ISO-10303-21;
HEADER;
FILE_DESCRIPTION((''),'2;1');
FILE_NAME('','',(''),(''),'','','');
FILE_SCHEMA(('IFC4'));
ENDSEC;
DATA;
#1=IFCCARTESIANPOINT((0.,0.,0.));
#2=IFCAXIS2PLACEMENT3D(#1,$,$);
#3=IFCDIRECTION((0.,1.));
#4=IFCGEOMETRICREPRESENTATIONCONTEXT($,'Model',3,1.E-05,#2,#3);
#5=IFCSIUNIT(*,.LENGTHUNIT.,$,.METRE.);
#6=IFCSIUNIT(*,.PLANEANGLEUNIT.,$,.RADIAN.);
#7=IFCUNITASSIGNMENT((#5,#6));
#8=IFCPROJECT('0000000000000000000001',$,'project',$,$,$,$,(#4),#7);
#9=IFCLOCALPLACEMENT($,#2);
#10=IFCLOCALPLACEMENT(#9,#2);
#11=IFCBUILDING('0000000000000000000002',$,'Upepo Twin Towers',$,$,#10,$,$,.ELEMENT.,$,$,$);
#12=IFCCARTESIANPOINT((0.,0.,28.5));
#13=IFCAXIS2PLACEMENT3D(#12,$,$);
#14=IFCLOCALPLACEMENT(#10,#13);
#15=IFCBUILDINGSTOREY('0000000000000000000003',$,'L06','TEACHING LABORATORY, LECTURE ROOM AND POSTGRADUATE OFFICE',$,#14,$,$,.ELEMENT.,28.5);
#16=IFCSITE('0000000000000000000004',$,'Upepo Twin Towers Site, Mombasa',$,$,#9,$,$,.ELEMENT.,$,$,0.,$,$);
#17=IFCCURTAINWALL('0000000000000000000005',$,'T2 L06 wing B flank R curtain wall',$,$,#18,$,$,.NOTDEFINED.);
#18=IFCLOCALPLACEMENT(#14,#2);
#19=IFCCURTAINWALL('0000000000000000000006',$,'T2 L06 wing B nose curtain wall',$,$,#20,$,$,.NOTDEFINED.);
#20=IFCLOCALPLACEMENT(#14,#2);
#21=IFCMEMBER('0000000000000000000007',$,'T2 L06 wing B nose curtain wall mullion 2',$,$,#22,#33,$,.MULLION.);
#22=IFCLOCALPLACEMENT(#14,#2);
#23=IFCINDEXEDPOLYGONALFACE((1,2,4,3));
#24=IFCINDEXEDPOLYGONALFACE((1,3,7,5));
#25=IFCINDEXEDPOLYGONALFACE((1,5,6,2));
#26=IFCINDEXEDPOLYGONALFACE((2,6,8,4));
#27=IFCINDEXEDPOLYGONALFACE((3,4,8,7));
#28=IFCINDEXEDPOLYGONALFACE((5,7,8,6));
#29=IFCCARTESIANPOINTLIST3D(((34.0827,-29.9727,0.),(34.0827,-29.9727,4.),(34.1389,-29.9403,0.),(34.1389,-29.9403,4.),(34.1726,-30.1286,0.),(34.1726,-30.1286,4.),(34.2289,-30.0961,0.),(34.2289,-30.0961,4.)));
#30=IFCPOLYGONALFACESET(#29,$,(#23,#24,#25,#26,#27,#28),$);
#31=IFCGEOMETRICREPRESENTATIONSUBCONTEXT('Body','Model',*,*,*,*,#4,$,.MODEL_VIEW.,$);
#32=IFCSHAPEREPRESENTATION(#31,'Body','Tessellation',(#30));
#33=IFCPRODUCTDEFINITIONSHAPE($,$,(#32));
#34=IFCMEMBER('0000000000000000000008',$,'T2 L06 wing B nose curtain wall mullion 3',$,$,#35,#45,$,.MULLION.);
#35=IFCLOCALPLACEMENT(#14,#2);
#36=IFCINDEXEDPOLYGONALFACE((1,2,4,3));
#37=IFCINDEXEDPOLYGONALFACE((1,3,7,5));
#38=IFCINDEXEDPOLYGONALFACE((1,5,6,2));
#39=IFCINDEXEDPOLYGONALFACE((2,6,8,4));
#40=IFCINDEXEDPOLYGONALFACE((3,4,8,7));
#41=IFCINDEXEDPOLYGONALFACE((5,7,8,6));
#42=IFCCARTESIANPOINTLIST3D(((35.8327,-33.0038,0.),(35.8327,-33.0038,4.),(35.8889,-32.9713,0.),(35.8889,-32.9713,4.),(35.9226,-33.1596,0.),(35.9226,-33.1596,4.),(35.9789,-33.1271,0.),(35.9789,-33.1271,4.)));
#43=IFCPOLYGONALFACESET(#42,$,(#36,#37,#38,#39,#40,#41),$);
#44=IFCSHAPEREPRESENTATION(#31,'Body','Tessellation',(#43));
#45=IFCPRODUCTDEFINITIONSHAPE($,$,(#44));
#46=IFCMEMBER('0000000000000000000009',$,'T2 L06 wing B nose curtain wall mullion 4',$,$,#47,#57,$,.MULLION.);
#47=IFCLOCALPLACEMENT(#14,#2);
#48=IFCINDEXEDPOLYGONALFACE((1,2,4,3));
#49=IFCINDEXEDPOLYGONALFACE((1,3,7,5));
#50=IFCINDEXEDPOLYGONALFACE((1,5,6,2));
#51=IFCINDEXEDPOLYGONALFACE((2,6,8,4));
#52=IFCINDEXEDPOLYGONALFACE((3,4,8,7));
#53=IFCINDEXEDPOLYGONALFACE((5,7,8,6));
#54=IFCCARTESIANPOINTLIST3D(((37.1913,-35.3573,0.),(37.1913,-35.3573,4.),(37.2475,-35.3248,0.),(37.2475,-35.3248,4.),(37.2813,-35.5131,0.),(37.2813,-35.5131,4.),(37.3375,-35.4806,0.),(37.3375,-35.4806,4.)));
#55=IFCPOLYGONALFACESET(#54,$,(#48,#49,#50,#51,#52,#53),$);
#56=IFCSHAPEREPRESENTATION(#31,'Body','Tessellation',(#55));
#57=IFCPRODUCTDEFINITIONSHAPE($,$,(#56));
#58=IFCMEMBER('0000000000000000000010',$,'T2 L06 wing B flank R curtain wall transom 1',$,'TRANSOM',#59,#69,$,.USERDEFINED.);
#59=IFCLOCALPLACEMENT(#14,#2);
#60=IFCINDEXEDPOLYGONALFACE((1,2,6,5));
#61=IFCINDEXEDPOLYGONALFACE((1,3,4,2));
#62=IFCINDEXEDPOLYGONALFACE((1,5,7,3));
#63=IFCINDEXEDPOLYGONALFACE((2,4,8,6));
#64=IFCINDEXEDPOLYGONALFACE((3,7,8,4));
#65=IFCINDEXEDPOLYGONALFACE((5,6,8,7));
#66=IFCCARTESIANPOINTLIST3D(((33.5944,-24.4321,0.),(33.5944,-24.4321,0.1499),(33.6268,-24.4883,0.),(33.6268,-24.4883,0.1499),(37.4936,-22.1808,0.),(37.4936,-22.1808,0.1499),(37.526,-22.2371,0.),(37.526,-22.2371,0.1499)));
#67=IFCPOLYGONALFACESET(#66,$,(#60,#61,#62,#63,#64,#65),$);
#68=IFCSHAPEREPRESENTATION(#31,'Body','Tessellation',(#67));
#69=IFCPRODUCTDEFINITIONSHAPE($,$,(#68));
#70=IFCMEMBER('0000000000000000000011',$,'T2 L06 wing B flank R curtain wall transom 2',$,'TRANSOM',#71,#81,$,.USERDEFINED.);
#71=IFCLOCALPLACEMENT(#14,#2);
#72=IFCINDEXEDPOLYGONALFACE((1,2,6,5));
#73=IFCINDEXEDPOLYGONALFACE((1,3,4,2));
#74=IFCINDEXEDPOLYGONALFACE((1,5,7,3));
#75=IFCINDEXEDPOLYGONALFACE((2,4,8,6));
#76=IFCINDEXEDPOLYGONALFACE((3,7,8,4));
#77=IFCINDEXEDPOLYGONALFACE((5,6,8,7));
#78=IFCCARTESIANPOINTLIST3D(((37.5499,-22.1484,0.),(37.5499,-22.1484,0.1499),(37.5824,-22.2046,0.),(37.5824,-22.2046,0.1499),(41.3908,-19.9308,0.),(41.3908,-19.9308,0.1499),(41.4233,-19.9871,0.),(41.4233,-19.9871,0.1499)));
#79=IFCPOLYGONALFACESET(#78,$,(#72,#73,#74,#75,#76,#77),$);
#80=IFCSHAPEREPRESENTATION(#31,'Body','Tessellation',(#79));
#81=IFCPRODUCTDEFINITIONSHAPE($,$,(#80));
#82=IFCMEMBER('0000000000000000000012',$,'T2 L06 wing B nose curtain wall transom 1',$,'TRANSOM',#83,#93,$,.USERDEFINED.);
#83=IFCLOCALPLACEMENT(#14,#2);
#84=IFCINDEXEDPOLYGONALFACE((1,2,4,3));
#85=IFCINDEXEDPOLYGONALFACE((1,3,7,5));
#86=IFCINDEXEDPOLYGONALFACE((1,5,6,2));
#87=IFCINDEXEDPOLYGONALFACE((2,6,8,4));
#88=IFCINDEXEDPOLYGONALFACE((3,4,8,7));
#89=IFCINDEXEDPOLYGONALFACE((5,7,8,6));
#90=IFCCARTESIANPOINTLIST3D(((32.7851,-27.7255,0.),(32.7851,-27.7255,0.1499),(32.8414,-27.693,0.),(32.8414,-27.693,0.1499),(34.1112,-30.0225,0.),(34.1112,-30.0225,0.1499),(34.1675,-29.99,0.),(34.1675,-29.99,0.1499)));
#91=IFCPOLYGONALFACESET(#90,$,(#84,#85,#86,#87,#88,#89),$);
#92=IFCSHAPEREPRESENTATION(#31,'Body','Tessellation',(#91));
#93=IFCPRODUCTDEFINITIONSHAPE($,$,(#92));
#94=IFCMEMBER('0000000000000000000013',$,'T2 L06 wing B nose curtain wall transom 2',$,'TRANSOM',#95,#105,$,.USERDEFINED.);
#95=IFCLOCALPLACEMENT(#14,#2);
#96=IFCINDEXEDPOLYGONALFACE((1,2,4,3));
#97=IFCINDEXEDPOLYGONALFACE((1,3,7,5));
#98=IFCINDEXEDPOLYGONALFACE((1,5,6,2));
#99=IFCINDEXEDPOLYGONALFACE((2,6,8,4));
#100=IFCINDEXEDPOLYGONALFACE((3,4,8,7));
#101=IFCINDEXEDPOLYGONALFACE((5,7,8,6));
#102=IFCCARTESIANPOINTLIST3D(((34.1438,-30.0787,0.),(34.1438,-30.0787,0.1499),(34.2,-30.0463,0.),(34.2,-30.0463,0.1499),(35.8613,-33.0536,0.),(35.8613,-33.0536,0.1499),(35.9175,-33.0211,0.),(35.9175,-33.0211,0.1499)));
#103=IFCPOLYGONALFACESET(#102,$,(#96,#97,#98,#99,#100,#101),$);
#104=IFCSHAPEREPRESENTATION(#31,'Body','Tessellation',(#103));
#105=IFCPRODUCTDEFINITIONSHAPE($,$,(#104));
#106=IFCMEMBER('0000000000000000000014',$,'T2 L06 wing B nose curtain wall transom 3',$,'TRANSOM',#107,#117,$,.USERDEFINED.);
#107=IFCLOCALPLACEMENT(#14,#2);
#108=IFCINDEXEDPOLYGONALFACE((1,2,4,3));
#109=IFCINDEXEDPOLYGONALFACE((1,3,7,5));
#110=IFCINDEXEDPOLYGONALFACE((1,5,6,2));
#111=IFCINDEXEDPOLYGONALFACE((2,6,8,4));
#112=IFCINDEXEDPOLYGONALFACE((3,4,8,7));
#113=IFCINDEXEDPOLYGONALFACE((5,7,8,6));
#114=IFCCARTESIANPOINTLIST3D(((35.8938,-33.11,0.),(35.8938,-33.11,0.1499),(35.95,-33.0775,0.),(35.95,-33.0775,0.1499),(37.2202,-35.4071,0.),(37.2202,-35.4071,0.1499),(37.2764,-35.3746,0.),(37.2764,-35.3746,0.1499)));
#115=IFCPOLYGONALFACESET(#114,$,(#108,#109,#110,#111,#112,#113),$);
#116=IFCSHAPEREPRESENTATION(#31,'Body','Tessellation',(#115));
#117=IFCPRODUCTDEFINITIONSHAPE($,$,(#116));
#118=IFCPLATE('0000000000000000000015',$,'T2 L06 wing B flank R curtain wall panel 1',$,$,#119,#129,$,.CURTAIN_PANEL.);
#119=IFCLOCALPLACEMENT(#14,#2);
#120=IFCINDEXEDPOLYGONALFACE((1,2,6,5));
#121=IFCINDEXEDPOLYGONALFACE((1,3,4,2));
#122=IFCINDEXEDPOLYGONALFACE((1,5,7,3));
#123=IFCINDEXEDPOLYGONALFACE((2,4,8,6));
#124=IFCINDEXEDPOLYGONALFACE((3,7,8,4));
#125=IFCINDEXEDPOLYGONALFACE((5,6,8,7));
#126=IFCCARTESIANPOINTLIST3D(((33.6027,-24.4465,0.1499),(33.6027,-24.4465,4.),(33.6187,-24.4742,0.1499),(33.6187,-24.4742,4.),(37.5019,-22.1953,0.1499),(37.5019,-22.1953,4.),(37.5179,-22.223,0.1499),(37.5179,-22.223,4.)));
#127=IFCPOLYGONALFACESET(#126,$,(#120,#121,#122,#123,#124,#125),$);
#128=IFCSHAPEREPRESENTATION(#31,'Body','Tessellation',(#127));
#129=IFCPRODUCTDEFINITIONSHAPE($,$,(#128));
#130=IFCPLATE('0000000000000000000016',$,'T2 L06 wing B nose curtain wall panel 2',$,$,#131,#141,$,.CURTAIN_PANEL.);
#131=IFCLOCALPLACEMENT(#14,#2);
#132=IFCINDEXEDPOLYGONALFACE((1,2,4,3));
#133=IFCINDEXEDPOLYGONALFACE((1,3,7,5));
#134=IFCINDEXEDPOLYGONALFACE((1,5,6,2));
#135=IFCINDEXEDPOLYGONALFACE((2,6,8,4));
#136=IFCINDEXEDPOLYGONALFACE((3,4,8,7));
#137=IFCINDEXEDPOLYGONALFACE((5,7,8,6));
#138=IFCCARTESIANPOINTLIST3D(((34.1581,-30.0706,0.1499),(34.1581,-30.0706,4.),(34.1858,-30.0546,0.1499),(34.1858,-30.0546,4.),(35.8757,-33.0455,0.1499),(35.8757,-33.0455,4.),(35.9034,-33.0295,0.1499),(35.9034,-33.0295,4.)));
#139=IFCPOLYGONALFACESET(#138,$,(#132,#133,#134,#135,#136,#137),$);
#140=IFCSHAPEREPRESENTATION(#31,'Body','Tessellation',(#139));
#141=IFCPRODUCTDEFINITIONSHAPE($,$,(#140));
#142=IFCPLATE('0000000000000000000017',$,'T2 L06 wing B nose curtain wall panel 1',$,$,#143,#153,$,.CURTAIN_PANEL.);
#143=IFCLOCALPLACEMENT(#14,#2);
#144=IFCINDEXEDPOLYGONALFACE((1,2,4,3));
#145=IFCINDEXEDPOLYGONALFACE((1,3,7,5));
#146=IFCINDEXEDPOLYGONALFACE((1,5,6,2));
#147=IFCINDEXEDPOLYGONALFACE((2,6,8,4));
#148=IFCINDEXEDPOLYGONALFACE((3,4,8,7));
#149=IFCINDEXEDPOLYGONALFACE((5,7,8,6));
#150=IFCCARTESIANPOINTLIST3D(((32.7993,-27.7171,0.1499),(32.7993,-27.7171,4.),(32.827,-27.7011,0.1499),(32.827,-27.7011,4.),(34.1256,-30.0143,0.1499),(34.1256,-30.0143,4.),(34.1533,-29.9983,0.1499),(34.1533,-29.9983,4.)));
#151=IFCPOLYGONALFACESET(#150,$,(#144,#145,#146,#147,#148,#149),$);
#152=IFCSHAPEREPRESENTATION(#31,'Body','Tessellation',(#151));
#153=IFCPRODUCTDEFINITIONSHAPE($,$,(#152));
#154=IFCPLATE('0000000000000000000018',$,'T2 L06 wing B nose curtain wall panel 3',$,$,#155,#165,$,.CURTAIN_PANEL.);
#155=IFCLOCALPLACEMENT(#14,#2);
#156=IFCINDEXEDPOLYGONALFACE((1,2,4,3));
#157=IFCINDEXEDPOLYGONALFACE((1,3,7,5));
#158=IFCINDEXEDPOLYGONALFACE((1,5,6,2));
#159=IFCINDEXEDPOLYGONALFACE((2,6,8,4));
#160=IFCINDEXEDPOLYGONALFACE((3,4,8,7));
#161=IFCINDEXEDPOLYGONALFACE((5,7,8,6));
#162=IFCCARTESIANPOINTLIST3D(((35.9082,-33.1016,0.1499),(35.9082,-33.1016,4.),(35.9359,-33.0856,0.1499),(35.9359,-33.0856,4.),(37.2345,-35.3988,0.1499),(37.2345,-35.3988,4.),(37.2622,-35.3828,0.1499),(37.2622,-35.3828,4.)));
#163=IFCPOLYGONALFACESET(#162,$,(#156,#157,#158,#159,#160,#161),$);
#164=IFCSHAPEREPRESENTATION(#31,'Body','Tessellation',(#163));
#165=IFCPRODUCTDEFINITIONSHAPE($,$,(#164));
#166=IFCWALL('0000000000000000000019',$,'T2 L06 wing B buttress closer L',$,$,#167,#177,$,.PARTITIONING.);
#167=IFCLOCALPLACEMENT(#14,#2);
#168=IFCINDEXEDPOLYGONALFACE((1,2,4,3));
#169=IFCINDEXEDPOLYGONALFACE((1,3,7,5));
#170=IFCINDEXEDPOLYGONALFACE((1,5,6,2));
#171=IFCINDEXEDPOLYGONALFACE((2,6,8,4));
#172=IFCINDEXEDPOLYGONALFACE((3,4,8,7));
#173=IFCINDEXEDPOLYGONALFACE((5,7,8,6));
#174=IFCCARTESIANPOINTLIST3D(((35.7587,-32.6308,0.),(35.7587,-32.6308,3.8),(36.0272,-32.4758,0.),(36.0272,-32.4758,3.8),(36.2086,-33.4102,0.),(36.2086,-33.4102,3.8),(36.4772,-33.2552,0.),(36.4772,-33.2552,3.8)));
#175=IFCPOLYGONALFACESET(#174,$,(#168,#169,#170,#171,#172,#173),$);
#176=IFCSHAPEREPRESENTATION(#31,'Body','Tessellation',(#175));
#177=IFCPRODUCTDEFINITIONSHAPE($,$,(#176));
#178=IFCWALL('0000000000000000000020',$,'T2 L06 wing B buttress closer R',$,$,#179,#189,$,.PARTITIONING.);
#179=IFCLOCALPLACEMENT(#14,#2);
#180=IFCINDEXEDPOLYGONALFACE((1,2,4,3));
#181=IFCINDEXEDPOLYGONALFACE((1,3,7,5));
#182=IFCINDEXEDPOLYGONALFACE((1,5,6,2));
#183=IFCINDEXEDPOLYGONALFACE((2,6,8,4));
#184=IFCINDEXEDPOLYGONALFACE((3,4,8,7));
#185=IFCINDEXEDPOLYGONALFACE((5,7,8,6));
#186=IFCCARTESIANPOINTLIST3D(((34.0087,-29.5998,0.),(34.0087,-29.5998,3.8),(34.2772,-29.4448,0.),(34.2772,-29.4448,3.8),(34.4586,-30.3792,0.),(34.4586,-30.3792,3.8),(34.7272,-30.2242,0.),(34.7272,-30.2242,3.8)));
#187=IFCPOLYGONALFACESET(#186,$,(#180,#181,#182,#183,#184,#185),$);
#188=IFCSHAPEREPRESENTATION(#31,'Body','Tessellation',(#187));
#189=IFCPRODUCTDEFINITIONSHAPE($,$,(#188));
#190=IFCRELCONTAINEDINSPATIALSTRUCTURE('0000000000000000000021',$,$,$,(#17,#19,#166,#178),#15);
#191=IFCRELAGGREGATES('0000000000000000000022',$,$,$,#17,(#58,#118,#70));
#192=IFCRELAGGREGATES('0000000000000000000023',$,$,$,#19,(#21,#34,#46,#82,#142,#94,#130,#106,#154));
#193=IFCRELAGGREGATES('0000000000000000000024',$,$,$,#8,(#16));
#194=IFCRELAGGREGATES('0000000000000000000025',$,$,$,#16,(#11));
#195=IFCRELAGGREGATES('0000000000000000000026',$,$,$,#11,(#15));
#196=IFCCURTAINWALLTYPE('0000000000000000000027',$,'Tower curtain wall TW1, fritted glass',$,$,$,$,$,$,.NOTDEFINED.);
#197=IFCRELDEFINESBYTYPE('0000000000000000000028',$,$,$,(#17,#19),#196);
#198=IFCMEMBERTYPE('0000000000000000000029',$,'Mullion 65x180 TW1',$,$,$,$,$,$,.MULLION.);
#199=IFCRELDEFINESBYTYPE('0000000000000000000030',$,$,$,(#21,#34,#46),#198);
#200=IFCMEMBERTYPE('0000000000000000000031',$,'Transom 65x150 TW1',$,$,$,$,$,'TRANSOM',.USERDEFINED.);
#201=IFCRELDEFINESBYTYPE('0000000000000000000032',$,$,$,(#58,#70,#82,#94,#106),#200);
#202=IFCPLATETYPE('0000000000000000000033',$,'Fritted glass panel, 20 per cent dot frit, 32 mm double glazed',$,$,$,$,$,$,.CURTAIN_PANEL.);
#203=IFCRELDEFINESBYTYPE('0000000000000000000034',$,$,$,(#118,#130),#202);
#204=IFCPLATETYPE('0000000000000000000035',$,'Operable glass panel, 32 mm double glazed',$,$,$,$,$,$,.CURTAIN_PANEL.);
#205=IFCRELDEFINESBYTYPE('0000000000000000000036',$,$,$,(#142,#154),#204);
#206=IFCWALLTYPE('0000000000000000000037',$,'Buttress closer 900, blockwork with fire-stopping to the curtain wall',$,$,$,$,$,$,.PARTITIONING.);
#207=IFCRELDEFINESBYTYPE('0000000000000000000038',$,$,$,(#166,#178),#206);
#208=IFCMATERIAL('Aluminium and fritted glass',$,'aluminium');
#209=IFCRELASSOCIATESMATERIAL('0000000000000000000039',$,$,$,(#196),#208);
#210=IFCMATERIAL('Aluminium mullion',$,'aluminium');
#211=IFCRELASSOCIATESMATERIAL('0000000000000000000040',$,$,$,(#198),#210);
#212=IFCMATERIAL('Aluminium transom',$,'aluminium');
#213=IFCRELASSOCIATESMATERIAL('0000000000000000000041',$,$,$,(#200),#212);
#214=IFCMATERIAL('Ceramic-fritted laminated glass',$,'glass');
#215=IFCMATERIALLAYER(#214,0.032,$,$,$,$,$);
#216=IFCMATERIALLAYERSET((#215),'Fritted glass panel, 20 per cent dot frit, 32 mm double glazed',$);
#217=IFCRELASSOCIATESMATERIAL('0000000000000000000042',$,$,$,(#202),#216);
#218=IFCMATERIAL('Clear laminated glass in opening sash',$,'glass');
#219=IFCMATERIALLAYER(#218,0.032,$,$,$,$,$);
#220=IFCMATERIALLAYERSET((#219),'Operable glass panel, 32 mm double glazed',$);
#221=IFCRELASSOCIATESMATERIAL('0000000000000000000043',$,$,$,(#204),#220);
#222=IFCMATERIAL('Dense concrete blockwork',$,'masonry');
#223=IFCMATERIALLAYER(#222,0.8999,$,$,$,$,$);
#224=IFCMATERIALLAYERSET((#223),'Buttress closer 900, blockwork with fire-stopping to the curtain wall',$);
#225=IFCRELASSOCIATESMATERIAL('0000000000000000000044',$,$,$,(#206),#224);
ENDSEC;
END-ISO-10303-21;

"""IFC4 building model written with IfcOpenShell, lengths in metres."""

from ifc_helpers import new_model, si_unit, direction, frame, frame_2d, origin, origin_2d, place, context, subcontext, project, spatial, rectangle, extrude, material, layer, layer_set, material_profile, profile_set, type_object, element, aggregate, save


model = new_model("IFC4")

# Units and contexts
model_context = context("Model", 3, precision=1e-05, world=origin(), true_north=direction((0.0, 1.0)))
body_context = subcontext(model_context, "Body", "Model", "MODEL_VIEW")
ifc_project = project(units=[si_unit("LENGTHUNIT", "METRE"), si_unit("PLANEANGLEUNIT", "RADIAN")], contexts=[model_context])

# Site, building, storey
site_placement = place(None, origin())
site = spatial("IfcSite", under=ifc_project, at=site_placement, Name="Upepo Twin Towers Site, Mombasa", CompositionType="ELEMENT", RefElevation=0.0)
building_placement = place(site_placement, origin())
building = spatial("IfcBuilding", under=site, at=building_placement, Name="Upepo Twin Towers", CompositionType="ELEMENT")
storey_placement = place(building_placement, frame((0.0, 0.0, 28.5)))
storey = spatial("IfcBuildingStorey", under=building, at=storey_placement, Name="L06", Description="TEACHING LABORATORY, LECTURE ROOM AND POSTGRADUATE OFFICE", CompositionType="ELEMENT", Elevation=28.5)

# Shared definitions
ifc_material_1 = material(Name="Aluminium and fritted glass", Category="aluminium")
curtain_wall_type = type_object("IfcCurtainWallType", Name="Tower curtain wall TW1, fritted glass", PredefinedType="NOTDEFINED", material=ifc_material_1)
ifc_material_2 = material(Name="Aluminium mullion", Category="aluminium")
ifc_material_profile_1 = material_profile(ifc_material_2, rectangle(XDim=0.0649, YDim=0.1799, at=origin_2d()), Name="MULLION 65x180")
ifc_profile_set_1 = profile_set([ifc_material_profile_1], Name="Aluminium mullion")
member_type_1 = type_object("IfcMemberType", Name="Mullion 65x180 TW1", PredefinedType="MULLION", material=ifc_profile_set_1)

# Curtain walls, members
curtain_wall_1_placement = place(storey_placement, origin())
curtain_wall_1 = element("IfcCurtainWall", 1, at=curtain_wall_1_placement, inside=storey, type_object=curtain_wall_type, Name="T2 L06 wing B flank R curtain wall", PredefinedType="NOTDEFINED")
curtain_wall_2_placement = place(storey_placement, origin())
curtain_wall_2 = element("IfcCurtainWall", 2, at=curtain_wall_2_placement, inside=storey, type_object=curtain_wall_type, Name="T2 L06 wing B nose curtain wall", PredefinedType="NOTDEFINED")
member_1_placement = place(storey_placement, frame((34.1558, -30.0344, 0.0), z_axis=(0.0, 0.0, 1.0), x_axis=(0.866025, 0.5, 0.0)))
member_1 = element("IfcMember", 3, at=member_1_placement, type_object=member_type_1, Name="T2 L06 wing B nose curtain wall mullion 2", PredefinedType="MULLION", context=body_context, shape_type="SweptSolid", body=[
    extrude(rectangle(XDim=0.0649, YDim=0.1799, at=origin_2d()), origin(), (0.0, 0.0, 1.0), 4.0),
])
member_2_placement = place(storey_placement, frame((35.9058, -33.0654, 0.0), z_axis=(0.0, 0.0, 1.0), x_axis=(0.866025, 0.5, 0.0)))
member_2 = element("IfcMember", 4, at=member_2_placement, type_object=member_type_1, Name="T2 L06 wing B nose curtain wall mullion 3", PredefinedType="MULLION", context=body_context, shape_type="SweptSolid", body=[
    extrude(rectangle(XDim=0.0649, YDim=0.1799, at=origin_2d()), origin(), (0.0, 0.0, 1.0), 4.0),
])
member_3_placement = place(storey_placement, frame((37.2644, -35.4189, 0.0), z_axis=(0.0, 0.0, 1.0), x_axis=(0.866025, 0.5, 0.0)))
member_3 = element("IfcMember", 5, at=member_3_placement, type_object=member_type_1, Name="T2 L06 wing B nose curtain wall mullion 4", PredefinedType="MULLION", context=body_context, shape_type="SweptSolid", body=[
    extrude(rectangle(XDim=0.0649, YDim=0.1799, at=origin_2d()), origin(), (0.0, 0.0, 1.0), 4.0),
])

# Members
ifc_material_3 = material(Name="Aluminium transom", Category="aluminium")
ifc_material_profile_2 = material_profile(ifc_material_3, rectangle(XDim=0.0649, YDim=0.1499, at=origin_2d()), Name="TRANSOM 65x150")
ifc_profile_set_2 = profile_set([ifc_material_profile_2], Name="Aluminium transom")
member_type_2 = type_object("IfcMemberType", Name="Transom 65x150 TW1", ElementType="TRANSOM", PredefinedType="USERDEFINED", material=ifc_profile_set_2)
member_4_placement = place(storey_placement, frame((33.6106, -24.4602, 0.075), z_axis=(0.866022, 0.500006, 0.0), x_axis=(-0.500006, 0.866022, 0.0)))
member_4 = element("IfcMember", 6, at=member_4_placement, type_object=member_type_2, Name="T2 L06 wing B flank R curtain wall transom 1", ObjectType="TRANSOM", PredefinedType="USERDEFINED", context=body_context, shape_type="SweptSolid", body=[
    extrude(rectangle(XDim=0.0649, YDim=0.1499, at=origin_2d()), origin(), (0.0, 0.0, 1.0), 4.5024),
])
member_5_placement = place(storey_placement, frame((37.5662, -22.1765, 0.075), z_axis=(0.866022, 0.500005, 0.0), x_axis=(-0.500005, 0.866022, 0.0)))
member_5 = element("IfcMember", 7, at=member_5_placement, type_object=member_type_2, Name="T2 L06 wing B flank R curtain wall transom 2", ObjectType="TRANSOM", PredefinedType="USERDEFINED", context=body_context, shape_type="SweptSolid", body=[
    extrude(rectangle(XDim=0.0649, YDim=0.1499, at=origin_2d()), origin(), (0.0, 0.0, 1.0), 4.4351),
])
member_6_placement = place(storey_placement, frame((32.8132, -27.7092, 0.075), z_axis=(0.49998, -0.866037, 0.0), x_axis=(0.866037, 0.49998, 0.0)))
member_6 = element("IfcMember", 8, at=member_6_placement, type_object=member_type_2, Name="T2 L06 wing B nose curtain wall transom 1", ObjectType="TRANSOM", PredefinedType="USERDEFINED", context=body_context, shape_type="SweptSolid", body=[
    extrude(rectangle(XDim=0.0649, YDim=0.1499, at=origin_2d()), origin(), (0.0, 0.0, 1.0), 2.6523),
])
member_7_placement = place(storey_placement, frame((34.1719, -30.0625, 0.075), z_axis=(0.499999, -0.866026, 0.0), x_axis=(0.866026, 0.499999, 0.0)))
member_7 = element("IfcMember", 9, at=member_7_placement, type_object=member_type_2, Name="T2 L06 wing B nose curtain wall transom 2", ObjectType="TRANSOM", PredefinedType="USERDEFINED", context=body_context, shape_type="SweptSolid", body=[
    extrude(rectangle(XDim=0.0649, YDim=0.1499, at=origin_2d()), origin(), (0.0, 0.0, 1.0), 3.4351),
])
member_8_placement = place(storey_placement, frame((35.9219, -33.0938, 0.075), z_axis=(0.500049, -0.865997, 0.0), x_axis=(0.865997, 0.500049, 0.0)))
member_8 = element("IfcMember", 10, at=member_8_placement, type_object=member_type_2, Name="T2 L06 wing B nose curtain wall transom 3", ObjectType="TRANSOM", PredefinedType="USERDEFINED", context=body_context, shape_type="SweptSolid", body=[
    extrude(rectangle(XDim=0.0649, YDim=0.1499, at=origin_2d()), origin(), (0.0, 0.0, 1.0), 2.6526),
])

# Plates
ifc_material_4 = material(Name="Ceramic-fritted laminated glass", Category="glass")
ifc_layer_1 = layer(ifc_material_4, 0.032)
ifc_layer_set_1 = layer_set([ifc_layer_1], Name="Fritted glass panel, 20 per cent dot frit, 32 mm double glazed")
plate_type_1 = type_object("IfcPlateType", Name="Fritted glass panel, 20 per cent dot frit, 32 mm double glazed", PredefinedType="CURTAIN_PANEL", material=ifc_layer_set_1)
plate_1_placement = place(storey_placement, frame((35.5603, -23.3347, 0.1499), z_axis=(0.0, 0.0, 1.0), x_axis=(0.866025, 0.5, 0.0)))
plate_1 = element("IfcPlate", 11, at=plate_1_placement, type_object=plate_type_1, Name="T2 L06 wing B flank R curtain wall panel 1", PredefinedType="CURTAIN_PANEL", context=body_context, shape_type="SweptSolid", body=[
    extrude(rectangle(XDim=4.5024, YDim=0.032, at=origin_2d()), origin(), (0.0, 0.0, 1.0), 3.8501),
])
aggregate(curtain_wall_1, [member_4, plate_1, member_5])
plate_2_placement = place(storey_placement, frame((35.0308, -31.55, 0.1499), z_axis=(0.0, 0.0, 1.0), x_axis=(0.5, -0.866025, 0.0)))
plate_2 = element("IfcPlate", 12, at=plate_2_placement, type_object=plate_type_1, Name="T2 L06 wing B nose curtain wall panel 2", PredefinedType="CURTAIN_PANEL", context=body_context, shape_type="SweptSolid", body=[
    extrude(rectangle(XDim=3.4351, YDim=0.032, at=origin_2d()), origin(), (0.0, 0.0, 1.0), 3.8501),
])
ifc_material_5 = material(Name="Clear laminated glass in opening sash", Category="glass")
ifc_layer_2 = layer(ifc_material_5, 0.032)
ifc_layer_set_2 = layer_set([ifc_layer_2], Name="Operable glass panel, 32 mm double glazed")
plate_type_2 = type_object("IfcPlateType", Name="Operable glass panel, 32 mm double glazed", PredefinedType="CURTAIN_PANEL", material=ifc_layer_set_2)
plate_3_placement = place(storey_placement, frame((33.4763, -28.8577, 0.1499), z_axis=(0.0, 0.0, 1.0), x_axis=(0.5, -0.866025, 0.0)))
plate_3 = element("IfcPlate", 13, at=plate_3_placement, type_object=plate_type_2, Name="T2 L06 wing B nose curtain wall panel 1", PredefinedType="CURTAIN_PANEL", context=body_context, shape_type="SweptSolid", body=[
    extrude(rectangle(XDim=2.6526, YDim=0.032, at=origin_2d()), origin(), (0.0, 0.0, 1.0), 3.8501),
])
plate_4_placement = place(storey_placement, frame((36.5852, -34.2422, 0.1499), z_axis=(0.0, 0.0, 1.0), x_axis=(0.5, -0.866025, 0.0)))
plate_4 = element("IfcPlate", 14, at=plate_4_placement, type_object=plate_type_2, Name="T2 L06 wing B nose curtain wall panel 3", PredefinedType="CURTAIN_PANEL", context=body_context, shape_type="SweptSolid", body=[
    extrude(rectangle(XDim=2.6526, YDim=0.032, at=origin_2d()), origin(), (0.0, 0.0, 1.0), 3.8501),
])
aggregate(curtain_wall_2, [member_1, member_2, member_3, member_6, plate_3, member_7, plate_2, member_8, plate_4])

# Walls
ifc_material_6 = material(Name="Dense concrete blockwork", Category="masonry")
ifc_layer_3 = layer(ifc_material_6, 0.8999)
ifc_layer_set_3 = layer_set([ifc_layer_3], Name="Buttress closer 900, blockwork with fire-stopping to the curtain wall")
wall_type_1 = type_object("IfcWallType", Name="Buttress closer 900, blockwork with fire-stopping to the curtain wall", PredefinedType="PARTITIONING", material=ifc_layer_set_3)
for number, where, z_axis, x_axis, name in (
    (15, (36.2522, -32.8655, 0.0), (0.0, 0.0, 1.0), (-0.866054, -0.49995, 0.0), "T2 L06 wing B buttress closer L"),
    (16, (34.5022, -29.8345, 0.0), (0.0, 0.0, 1.0), (-0.866054, -0.49995, 0.0), "T2 L06 wing B buttress closer R"),
):
    element("IfcWall", number, at=place(storey_placement, frame(where, z_axis=z_axis, x_axis=x_axis)), inside=storey, type_object=wall_type_1, Name=name, PredefinedType="PARTITIONING", context=body_context, shape_type="SweptSolid", body=[
        extrude(rectangle(XDim=0.3101, YDim=0.8999, at=frame_2d((0.155, 0.0))), origin(), (0.0, 0.0, 1.0), 3.8),
    ])

save(model, "model.ifc")
